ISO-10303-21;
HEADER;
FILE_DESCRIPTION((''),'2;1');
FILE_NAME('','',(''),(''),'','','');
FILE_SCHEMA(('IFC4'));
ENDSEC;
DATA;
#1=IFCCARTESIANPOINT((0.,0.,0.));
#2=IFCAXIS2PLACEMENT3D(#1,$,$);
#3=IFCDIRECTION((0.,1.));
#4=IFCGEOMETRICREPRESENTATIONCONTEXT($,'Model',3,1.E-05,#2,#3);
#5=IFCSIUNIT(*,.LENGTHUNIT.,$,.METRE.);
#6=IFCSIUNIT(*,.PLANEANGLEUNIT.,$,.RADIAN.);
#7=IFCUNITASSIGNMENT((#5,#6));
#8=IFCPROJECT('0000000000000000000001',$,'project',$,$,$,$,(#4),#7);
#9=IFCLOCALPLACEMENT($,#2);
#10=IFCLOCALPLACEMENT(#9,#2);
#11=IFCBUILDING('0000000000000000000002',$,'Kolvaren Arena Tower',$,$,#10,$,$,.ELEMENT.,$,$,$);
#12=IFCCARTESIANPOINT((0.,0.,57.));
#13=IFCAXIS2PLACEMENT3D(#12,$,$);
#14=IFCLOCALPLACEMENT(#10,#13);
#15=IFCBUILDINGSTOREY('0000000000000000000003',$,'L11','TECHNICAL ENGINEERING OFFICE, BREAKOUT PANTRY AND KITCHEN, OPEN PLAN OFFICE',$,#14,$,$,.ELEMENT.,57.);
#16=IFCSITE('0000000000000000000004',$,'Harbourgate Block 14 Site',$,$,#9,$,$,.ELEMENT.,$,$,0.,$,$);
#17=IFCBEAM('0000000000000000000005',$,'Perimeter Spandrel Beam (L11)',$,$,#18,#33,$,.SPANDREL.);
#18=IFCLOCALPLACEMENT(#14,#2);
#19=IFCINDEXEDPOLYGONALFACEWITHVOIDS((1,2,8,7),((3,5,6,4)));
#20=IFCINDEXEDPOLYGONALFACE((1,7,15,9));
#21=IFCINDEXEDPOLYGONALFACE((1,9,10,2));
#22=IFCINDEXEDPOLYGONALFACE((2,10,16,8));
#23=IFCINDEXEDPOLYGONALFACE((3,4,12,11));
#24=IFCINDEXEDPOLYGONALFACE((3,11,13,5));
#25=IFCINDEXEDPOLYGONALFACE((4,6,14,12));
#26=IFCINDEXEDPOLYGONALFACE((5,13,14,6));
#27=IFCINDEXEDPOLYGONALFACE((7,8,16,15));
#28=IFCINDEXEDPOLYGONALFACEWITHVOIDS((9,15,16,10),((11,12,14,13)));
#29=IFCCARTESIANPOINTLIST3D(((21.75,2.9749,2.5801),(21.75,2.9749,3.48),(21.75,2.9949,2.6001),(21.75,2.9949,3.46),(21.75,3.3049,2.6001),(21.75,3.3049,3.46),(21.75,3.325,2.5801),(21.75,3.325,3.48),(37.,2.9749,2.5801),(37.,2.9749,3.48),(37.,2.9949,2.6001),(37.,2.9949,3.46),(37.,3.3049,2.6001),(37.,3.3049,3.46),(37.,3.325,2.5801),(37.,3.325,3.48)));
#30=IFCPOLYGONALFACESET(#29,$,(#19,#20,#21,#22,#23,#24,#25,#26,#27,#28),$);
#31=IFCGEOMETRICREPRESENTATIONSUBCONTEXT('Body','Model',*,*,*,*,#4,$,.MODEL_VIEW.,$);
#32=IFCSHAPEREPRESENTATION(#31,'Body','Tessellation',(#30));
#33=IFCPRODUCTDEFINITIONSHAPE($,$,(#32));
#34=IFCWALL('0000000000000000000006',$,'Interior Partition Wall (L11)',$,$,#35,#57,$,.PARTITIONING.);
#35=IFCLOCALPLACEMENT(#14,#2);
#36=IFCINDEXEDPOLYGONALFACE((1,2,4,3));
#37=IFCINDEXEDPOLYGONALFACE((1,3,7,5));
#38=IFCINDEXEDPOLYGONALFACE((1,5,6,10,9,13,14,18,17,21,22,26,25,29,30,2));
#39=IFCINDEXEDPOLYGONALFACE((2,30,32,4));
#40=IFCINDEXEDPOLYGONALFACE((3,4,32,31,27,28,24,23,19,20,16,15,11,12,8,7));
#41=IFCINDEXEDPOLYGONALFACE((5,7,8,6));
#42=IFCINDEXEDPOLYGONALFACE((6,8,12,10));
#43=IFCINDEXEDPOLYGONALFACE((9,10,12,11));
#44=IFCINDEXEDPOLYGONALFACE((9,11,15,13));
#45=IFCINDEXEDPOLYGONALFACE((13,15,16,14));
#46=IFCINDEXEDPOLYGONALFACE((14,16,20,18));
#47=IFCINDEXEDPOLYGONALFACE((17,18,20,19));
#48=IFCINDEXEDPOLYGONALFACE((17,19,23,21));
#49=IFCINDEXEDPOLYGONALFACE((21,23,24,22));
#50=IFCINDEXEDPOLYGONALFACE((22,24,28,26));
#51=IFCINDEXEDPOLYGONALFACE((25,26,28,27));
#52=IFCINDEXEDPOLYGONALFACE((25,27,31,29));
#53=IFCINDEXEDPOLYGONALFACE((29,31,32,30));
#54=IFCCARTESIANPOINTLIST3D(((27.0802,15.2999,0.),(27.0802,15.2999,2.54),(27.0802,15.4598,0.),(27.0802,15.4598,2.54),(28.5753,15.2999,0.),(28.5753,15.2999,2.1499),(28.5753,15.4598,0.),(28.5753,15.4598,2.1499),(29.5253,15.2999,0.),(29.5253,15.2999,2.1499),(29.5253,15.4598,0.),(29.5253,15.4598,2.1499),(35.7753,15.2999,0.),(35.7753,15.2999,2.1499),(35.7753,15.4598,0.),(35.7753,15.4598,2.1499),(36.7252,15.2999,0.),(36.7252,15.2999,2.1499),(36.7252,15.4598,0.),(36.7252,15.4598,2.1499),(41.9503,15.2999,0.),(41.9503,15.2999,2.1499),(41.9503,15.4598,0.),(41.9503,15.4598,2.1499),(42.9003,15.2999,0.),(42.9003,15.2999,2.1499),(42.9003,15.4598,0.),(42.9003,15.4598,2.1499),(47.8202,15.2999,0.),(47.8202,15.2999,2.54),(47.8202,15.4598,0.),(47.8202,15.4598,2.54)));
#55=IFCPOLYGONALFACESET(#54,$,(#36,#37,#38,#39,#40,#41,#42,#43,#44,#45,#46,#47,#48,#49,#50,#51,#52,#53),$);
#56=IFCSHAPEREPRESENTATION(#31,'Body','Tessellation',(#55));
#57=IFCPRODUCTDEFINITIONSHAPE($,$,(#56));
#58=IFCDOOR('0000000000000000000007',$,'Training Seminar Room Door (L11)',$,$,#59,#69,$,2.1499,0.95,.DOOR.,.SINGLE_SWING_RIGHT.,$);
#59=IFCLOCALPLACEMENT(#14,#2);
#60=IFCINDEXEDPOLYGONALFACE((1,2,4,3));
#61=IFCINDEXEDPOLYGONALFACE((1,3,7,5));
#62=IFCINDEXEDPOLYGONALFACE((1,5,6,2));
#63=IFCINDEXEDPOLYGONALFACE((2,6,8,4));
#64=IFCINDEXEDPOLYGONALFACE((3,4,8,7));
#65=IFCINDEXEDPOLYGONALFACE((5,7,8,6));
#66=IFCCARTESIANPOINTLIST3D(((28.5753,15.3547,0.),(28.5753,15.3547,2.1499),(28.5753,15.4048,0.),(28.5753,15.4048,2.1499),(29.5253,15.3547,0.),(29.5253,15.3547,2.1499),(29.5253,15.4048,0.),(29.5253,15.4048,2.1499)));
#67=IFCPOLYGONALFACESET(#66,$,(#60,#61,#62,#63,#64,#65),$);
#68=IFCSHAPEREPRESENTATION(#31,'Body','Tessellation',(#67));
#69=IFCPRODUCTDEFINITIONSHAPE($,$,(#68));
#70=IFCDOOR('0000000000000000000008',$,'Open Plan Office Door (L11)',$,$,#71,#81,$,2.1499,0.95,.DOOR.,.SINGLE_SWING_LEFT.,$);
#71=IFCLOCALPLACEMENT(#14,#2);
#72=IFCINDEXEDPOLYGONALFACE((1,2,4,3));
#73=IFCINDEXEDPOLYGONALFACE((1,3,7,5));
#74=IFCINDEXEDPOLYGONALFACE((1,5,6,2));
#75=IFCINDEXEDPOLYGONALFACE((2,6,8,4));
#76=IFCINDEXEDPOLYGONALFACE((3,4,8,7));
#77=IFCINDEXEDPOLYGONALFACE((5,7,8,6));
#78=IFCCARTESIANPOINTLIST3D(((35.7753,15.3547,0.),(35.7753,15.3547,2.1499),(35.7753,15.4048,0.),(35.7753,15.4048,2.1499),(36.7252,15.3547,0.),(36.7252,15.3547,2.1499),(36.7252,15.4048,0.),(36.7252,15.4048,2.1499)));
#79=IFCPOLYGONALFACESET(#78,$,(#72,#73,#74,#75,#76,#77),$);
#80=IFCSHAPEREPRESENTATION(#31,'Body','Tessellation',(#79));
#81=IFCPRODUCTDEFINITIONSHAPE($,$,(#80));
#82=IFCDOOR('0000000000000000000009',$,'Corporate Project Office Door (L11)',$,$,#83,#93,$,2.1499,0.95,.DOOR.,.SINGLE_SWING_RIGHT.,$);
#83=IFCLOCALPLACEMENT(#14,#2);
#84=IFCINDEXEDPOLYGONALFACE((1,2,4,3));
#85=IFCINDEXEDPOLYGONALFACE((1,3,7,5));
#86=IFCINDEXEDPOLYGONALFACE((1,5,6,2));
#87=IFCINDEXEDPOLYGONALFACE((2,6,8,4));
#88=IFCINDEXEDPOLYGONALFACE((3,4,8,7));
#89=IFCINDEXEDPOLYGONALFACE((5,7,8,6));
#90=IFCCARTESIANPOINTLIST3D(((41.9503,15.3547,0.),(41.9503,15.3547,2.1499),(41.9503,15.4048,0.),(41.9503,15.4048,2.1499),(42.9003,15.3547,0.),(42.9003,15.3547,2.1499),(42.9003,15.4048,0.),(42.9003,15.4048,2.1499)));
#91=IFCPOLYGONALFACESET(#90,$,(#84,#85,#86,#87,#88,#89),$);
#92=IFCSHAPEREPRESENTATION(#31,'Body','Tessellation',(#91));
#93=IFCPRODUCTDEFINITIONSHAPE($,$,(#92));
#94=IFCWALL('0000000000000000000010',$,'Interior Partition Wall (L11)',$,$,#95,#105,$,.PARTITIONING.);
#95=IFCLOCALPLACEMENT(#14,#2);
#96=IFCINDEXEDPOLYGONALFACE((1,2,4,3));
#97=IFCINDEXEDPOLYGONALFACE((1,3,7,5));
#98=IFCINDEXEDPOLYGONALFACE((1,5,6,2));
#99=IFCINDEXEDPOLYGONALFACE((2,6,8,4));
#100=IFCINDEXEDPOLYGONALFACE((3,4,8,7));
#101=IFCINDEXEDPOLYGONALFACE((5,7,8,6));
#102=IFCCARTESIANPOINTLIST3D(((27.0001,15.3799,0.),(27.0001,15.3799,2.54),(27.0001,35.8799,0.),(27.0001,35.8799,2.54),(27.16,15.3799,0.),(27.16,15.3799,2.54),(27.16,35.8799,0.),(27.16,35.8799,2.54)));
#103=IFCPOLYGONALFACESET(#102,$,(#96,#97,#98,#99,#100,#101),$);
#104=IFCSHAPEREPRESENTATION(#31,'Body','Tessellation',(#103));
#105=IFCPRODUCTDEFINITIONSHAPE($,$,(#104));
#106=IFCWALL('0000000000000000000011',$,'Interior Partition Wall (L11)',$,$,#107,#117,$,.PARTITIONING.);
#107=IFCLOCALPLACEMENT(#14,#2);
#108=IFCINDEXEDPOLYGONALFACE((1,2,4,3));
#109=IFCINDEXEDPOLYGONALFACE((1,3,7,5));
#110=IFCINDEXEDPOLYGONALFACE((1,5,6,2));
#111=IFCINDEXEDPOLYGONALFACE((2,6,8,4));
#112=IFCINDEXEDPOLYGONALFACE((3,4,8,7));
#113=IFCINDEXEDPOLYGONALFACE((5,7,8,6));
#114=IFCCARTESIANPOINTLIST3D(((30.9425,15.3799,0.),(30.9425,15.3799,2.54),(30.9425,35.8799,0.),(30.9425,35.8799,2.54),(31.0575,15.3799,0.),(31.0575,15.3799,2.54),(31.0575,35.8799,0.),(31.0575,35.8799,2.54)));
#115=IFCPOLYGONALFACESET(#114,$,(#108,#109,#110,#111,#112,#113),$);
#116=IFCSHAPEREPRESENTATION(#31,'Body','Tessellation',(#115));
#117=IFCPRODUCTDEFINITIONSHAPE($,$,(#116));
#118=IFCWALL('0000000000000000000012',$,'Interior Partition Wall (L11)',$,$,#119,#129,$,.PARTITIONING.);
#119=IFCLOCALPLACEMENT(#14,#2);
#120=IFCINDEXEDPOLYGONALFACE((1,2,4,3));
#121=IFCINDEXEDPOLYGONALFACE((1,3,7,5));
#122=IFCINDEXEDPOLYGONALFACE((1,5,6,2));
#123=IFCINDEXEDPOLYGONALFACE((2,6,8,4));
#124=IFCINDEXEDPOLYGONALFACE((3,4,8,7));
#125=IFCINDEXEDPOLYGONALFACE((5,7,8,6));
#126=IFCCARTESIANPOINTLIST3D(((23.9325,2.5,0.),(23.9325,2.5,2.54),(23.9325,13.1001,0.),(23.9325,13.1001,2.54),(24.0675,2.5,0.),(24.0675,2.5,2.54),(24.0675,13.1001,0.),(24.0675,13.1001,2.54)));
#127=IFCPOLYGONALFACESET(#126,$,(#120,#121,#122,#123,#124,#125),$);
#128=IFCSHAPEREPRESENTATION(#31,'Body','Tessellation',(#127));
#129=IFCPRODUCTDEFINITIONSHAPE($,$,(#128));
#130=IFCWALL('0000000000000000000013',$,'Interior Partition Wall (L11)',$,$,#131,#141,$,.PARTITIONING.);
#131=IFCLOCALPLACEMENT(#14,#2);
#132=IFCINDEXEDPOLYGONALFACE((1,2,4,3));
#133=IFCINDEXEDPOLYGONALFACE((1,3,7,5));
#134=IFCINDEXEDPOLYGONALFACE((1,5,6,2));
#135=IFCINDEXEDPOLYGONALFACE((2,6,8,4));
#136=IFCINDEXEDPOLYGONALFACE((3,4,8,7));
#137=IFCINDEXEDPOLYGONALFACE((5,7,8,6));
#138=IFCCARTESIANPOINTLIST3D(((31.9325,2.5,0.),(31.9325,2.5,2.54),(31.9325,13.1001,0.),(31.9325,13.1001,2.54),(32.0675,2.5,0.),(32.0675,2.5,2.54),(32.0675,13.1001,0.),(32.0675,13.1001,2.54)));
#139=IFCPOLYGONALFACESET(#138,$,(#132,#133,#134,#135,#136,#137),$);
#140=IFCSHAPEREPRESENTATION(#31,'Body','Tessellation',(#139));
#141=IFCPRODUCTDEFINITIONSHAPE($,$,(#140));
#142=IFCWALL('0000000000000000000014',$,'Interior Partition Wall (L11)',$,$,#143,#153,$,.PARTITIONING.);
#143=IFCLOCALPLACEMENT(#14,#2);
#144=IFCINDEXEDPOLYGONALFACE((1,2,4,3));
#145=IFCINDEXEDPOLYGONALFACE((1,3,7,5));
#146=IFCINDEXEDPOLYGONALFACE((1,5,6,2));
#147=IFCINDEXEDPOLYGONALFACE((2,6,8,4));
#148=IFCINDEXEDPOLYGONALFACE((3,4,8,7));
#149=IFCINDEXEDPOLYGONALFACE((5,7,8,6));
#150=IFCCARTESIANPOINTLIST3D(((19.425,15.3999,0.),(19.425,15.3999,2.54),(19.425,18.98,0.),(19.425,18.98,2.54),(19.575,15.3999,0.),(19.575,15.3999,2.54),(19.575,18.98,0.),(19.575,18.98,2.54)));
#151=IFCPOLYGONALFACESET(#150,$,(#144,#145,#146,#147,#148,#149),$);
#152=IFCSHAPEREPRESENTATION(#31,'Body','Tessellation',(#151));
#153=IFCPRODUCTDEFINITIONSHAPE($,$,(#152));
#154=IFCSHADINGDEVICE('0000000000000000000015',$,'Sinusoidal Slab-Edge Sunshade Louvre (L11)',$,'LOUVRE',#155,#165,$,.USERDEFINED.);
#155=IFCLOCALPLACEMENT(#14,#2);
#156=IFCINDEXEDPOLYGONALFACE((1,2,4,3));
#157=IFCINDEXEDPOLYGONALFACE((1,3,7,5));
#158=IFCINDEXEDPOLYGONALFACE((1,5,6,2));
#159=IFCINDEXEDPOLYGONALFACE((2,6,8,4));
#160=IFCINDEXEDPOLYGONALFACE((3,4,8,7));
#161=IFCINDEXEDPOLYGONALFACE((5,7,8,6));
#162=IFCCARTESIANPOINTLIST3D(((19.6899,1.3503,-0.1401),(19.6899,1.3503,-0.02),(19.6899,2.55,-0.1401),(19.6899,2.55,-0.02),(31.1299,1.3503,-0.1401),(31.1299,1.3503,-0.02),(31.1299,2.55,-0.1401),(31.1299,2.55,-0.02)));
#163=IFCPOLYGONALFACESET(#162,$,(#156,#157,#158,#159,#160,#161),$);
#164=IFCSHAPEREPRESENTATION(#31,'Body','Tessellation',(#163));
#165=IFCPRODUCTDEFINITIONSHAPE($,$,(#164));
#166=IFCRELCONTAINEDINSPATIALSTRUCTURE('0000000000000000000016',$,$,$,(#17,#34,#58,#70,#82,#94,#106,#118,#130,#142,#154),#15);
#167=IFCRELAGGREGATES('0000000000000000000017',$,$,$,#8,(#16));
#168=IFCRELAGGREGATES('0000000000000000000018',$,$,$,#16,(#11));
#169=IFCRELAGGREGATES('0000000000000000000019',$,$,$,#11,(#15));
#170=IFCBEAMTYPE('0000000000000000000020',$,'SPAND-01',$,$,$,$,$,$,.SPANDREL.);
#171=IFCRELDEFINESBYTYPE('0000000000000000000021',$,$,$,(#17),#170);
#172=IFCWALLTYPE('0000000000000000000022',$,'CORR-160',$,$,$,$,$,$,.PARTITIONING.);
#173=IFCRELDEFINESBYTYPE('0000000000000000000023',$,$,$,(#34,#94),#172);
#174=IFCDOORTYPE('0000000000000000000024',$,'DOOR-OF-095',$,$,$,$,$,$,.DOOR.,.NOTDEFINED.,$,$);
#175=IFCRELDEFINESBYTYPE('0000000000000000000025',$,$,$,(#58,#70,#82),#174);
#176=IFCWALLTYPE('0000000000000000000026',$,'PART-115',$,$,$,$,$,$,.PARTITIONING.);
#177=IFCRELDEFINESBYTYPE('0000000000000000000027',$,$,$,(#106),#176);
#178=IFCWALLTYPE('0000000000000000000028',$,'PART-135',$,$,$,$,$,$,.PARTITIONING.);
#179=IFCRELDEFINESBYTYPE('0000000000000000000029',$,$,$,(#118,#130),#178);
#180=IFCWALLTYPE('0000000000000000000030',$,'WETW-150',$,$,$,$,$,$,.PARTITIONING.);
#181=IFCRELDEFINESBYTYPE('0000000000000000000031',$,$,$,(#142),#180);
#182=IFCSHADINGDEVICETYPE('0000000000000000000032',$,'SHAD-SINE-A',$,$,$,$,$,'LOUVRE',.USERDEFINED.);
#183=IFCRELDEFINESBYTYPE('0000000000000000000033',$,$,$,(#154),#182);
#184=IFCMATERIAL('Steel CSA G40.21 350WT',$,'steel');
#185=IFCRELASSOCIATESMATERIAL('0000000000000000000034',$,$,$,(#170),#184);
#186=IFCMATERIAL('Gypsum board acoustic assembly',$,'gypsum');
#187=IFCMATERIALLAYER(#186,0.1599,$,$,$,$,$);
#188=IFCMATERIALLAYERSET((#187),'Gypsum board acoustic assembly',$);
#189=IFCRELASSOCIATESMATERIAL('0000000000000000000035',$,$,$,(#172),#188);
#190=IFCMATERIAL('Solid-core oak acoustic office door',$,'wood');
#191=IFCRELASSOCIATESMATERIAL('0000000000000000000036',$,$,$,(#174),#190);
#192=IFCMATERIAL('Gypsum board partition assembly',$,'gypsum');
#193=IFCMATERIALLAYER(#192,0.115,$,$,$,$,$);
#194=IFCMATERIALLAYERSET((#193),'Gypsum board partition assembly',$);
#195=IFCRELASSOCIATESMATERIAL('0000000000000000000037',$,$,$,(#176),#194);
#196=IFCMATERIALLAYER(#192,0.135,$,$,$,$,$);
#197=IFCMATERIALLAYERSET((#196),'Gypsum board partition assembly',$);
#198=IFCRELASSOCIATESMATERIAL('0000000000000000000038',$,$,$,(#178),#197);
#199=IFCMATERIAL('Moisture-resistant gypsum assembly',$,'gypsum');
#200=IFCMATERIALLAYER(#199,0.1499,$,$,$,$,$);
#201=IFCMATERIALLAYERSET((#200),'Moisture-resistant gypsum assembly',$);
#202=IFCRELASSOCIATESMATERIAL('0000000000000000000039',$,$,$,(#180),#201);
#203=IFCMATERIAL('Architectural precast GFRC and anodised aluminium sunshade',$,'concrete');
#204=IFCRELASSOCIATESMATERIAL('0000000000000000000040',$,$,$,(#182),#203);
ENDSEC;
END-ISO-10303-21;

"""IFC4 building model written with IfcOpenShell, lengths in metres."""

from ifc_helpers import new_model, si_unit, direction, frame, frame_2d, origin, origin_2d, place, context, subcontext, project, spatial, rectangle, hollow_rectangle, extrude, material, layer, layer_set, material_profile, profile_set, type_object, element, fill, save


model = new_model("IFC4")

# Units and contexts
model_context = context("Model", 3, precision=1e-05, world=origin(), true_north=direction((0.0, 1.0)))
body_context = subcontext(model_context, "Body", "Model", "MODEL_VIEW")
ifc_project = project(units=[si_unit("LENGTHUNIT", "METRE"), si_unit("PLANEANGLEUNIT", "RADIAN")], contexts=[model_context])

# Site, building, storey
site_placement = place(None, origin())
site = spatial("IfcSite", under=ifc_project, at=site_placement, Name="Harbourgate Block 14 Site", CompositionType="ELEMENT", RefElevation=0.0)
building_placement = place(site_placement, origin())
building = spatial("IfcBuilding", under=site, at=building_placement, Name="Kolvaren Arena Tower", CompositionType="ELEMENT")
storey_placement = place(building_placement, frame((0.0, 0.0, 57.0)))
storey = spatial("IfcBuildingStorey", under=building, at=storey_placement, Name="L11", Description="TECHNICAL ENGINEERING OFFICE, BREAKOUT PANTRY AND KITCHEN, OPEN PLAN OFFICE", CompositionType="ELEMENT", Elevation=57.0)

# Beam
ifc_material_1 = material(Name="Steel CSA G40.21 350WT", Category="steel")
ifc_material_profile_1 = material_profile(ifc_material_1, hollow_rectangle(XDim=0.3501, YDim=0.8999, WallThickness=0.02, at=origin_2d()), Name="HSS 900x350x20")
ifc_profile_set_1 = profile_set([ifc_material_profile_1], Name="Steel CSA G40.21 350WT")
beam_type_1 = type_object("IfcBeamType", Name="SPAND-01", PredefinedType="SPANDREL", material=ifc_profile_set_1)
beam_1_placement = place(storey_placement, frame((21.75, 3.1499, 3.03), z_axis=(1.0, 0.0, 0.0), x_axis=(0.0, 1.0, 0.0)))
element("IfcBeam", 1, at=beam_1_placement, inside=storey, type_object=beam_type_1, Name="Perimeter Spandrel Beam (L11)", PredefinedType="SPANDREL", context=body_context, shape_type="SweptSolid", body=[
    extrude(hollow_rectangle(XDim=0.3501, YDim=0.8999, WallThickness=0.02, at=origin_2d()), origin(), (0.0, 0.0, 1.0), 15.25),
])

# Wall, openings, doors
ifc_material_2 = material(Name="Gypsum board acoustic assembly", Category="gypsum")
ifc_layer_1 = layer(ifc_material_2, 0.1599)
ifc_layer_set_1 = layer_set([ifc_layer_1], Name="Gypsum board acoustic assembly")
wall_type_1 = type_object("IfcWallType", Name="CORR-160", PredefinedType="PARTITIONING", material=ifc_layer_set_1)
wall_1_placement = place(storey_placement, frame((27.0801, 15.3799, 0.0), z_axis=(0.0, 0.0, 1.0), x_axis=(1.0, 0.0, 0.0)))
wall_1 = element("IfcWall", 2, at=wall_1_placement, inside=storey, type_object=wall_type_1, Name="Interior Partition Wall (L11)", PredefinedType="PARTITIONING", context=body_context, shape_type="SweptSolid", body=[
    extrude(rectangle(XDim=20.74, YDim=0.1599, at=frame_2d((10.3701, 0.0))), origin(), (0.0, 0.0, 1.0), 2.54),
])
opening_1_placement = place(wall_1_placement, frame((1.4951, 0.0, 0.0)))
opening_1 = element("IfcOpeningElement", 3, at=opening_1_placement, cuts=wall_1, PredefinedType="OPENING", context=body_context, shape_type="SweptSolid", body=[
    extrude(rectangle(XDim=0.95, YDim=2.1499, at=frame_2d((0.4751, 1.075))), frame((0.0, 0.0898, 0.0), z_axis=(0.0, -1.0, 0.0), x_axis=(1.0, 0.0, 0.0)), (0.0, 0.0, 1.0), 0.1799),
])
opening_2_placement = place(wall_1_placement, frame((8.6951, 0.0, 0.0)))
opening_2 = element("IfcOpeningElement", 4, at=opening_2_placement, cuts=wall_1, PredefinedType="OPENING", context=body_context, shape_type="SweptSolid", body=[
    extrude(rectangle(XDim=0.95, YDim=2.1499, at=frame_2d((0.4751, 1.075))), frame((0.0, 0.0898, 0.0), z_axis=(0.0, -1.0, 0.0), x_axis=(1.0, 0.0, 0.0)), (0.0, 0.0, 1.0), 0.1799),
])
opening_3_placement = place(wall_1_placement, frame((14.8701, 0.0, 0.0)))
opening_3 = element("IfcOpeningElement", 5, at=opening_3_placement, cuts=wall_1, PredefinedType="OPENING", context=body_context, shape_type="SweptSolid", body=[
    extrude(rectangle(XDim=0.95, YDim=2.1499, at=frame_2d((0.4751, 1.075))), frame((0.0, 0.0898, 0.0), z_axis=(0.0, -1.0, 0.0), x_axis=(1.0, 0.0, 0.0)), (0.0, 0.0, 1.0), 0.1799),
])
ifc_material_3 = material(Name="Solid-core oak acoustic office door", Category="wood")
door_type = type_object("IfcDoorType", Name="DOOR-OF-095", OperationType="NOTDEFINED", PredefinedType="DOOR", material=ifc_material_3)
door_1_placement = place(opening_1_placement, origin())
door_1 = element("IfcDoor", 6, at=door_1_placement, inside=storey, type_object=door_type, Name="Training Seminar Room Door (L11)", OperationType="SINGLE_SWING_RIGHT", OverallHeight=2.1499, OverallWidth=0.95, PredefinedType="DOOR", context=body_context, shape_type="SweptSolid", body=[
    extrude(rectangle(XDim=0.95, YDim=2.1499, at=frame_2d((0.4751, 1.075))), frame((0.0, 0.0249, 0.0), z_axis=(0.0, -1.0, 0.0), x_axis=(1.0, 0.0, 0.0)), (0.0, 0.0, 1.0), 0.05),
])
fill(opening_1, door_1)
door_2_placement = place(opening_2_placement, origin())
door_2 = element("IfcDoor", 7, at=door_2_placement, inside=storey, type_object=door_type, Name="Open Plan Office Door (L11)", OperationType="SINGLE_SWING_LEFT", OverallHeight=2.1499, OverallWidth=0.95, PredefinedType="DOOR", context=body_context, shape_type="SweptSolid", body=[
    extrude(rectangle(XDim=0.95, YDim=2.1499, at=frame_2d((0.4751, 1.075))), frame((0.0, 0.0249, 0.0), z_axis=(0.0, -1.0, 0.0), x_axis=(1.0, 0.0, 0.0)), (0.0, 0.0, 1.0), 0.05),
])
fill(opening_2, door_2)
door_3_placement = place(opening_3_placement, origin())
door_3 = element("IfcDoor", 8, at=door_3_placement, inside=storey, type_object=door_type, Name="Corporate Project Office Door (L11)", OperationType="SINGLE_SWING_RIGHT", OverallHeight=2.1499, OverallWidth=0.95, PredefinedType="DOOR", context=body_context, shape_type="SweptSolid", body=[
    extrude(rectangle(XDim=0.95, YDim=2.1499, at=frame_2d((0.4751, 1.075))), frame((0.0, 0.0249, 0.0), z_axis=(0.0, -1.0, 0.0), x_axis=(1.0, 0.0, 0.0)), (0.0, 0.0, 1.0), 0.05),
])
fill(opening_3, door_3)

# Walls
wall_2_placement = place(storey_placement, frame((27.0801, 15.3799, 0.0), z_axis=(0.0, 0.0, 1.0), x_axis=(0.0, 1.0, 0.0)))
element("IfcWall", 9, at=wall_2_placement, inside=storey, type_object=wall_type_1, Name="Interior Partition Wall (L11)", PredefinedType="PARTITIONING", context=body_context, shape_type="SweptSolid", body=[
    extrude(rectangle(XDim=20.5, YDim=0.1599, at=frame_2d((10.25, 0.0))), origin(), (0.0, 0.0, 1.0), 2.54),
])
ifc_material_4 = material(Name="Gypsum board partition assembly", Category="gypsum")
ifc_layer_2 = layer(ifc_material_4, 0.115)
ifc_layer_set_2 = layer_set([ifc_layer_2], Name="Gypsum board partition assembly")
wall_type_2 = type_object("IfcWallType", Name="PART-115", PredefinedType="PARTITIONING", material=ifc_layer_set_2)
wall_3_placement = place(storey_placement, frame((31.0, 15.3799, 0.0), z_axis=(0.0, 0.0, 1.0), x_axis=(0.0, 1.0, 0.0)))
element("IfcWall", 10, at=wall_3_placement, inside=storey, type_object=wall_type_2, Name="Interior Partition Wall (L11)", PredefinedType="PARTITIONING", context=body_context, shape_type="SweptSolid", body=[
    extrude(rectangle(XDim=20.5, YDim=0.115, at=frame_2d((10.25, 0.0))), origin(), (0.0, 0.0, 1.0), 2.54),
])
ifc_layer_3 = layer(ifc_material_4, 0.135)
ifc_layer_set_3 = layer_set([ifc_layer_3], Name="Gypsum board partition assembly")
wall_type_3 = type_object("IfcWallType", Name="PART-135", PredefinedType="PARTITIONING", material=ifc_layer_set_3)
for number, where, z_axis, x_axis, name in (
    (11, (24.0, 2.5, 0.0), (0.0, 0.0, 1.0), (0.0, 1.0, 0.0), "Interior Partition Wall (L11)"),
    (12, (32.0, 2.5, 0.0), (0.0, 0.0, 1.0), (0.0, 1.0, 0.0), "Interior Partition Wall (L11)"),
):
    element("IfcWall", number, at=place(storey_placement, frame(where, z_axis=z_axis, x_axis=x_axis)), inside=storey, type_object=wall_type_3, Name=name, PredefinedType="PARTITIONING", context=body_context, shape_type="SweptSolid", body=[
        extrude(rectangle(XDim=10.6001, YDim=0.135, at=frame_2d((5.3, 0.0))), origin(), (0.0, 0.0, 1.0), 2.54),
    ])
ifc_material_5 = material(Name="Moisture-resistant gypsum assembly", Category="gypsum")
ifc_layer_4 = layer(ifc_material_5, 0.1499)
ifc_layer_set_4 = layer_set([ifc_layer_4], Name="Moisture-resistant gypsum assembly")
wall_type_4 = type_object("IfcWallType", Name="WETW-150", PredefinedType="PARTITIONING", material=ifc_layer_set_4)
wall_4_placement = place(storey_placement, frame((19.5, 15.3999, 0.0), z_axis=(0.0, 0.0, 1.0), x_axis=(0.0, 1.0, 0.0)))
element("IfcWall", 13, at=wall_4_placement, inside=storey, type_object=wall_type_4, Name="Interior Partition Wall (L11)", PredefinedType="PARTITIONING", context=body_context, shape_type="SweptSolid", body=[
    extrude(rectangle(XDim=3.5801, YDim=0.1499, at=frame_2d((1.79, 0.0))), origin(), (0.0, 0.0, 1.0), 2.54),
])

# Shading device
ifc_material_6 = material(Name="Architectural precast GFRC and anodised aluminium sunshade", Category="concrete")
shading_device_type = type_object("IfcShadingDeviceType", Name="SHAD-SINE-A", ElementType="LOUVRE", PredefinedType="USERDEFINED", material=ifc_material_6)
shading_device_placement = place(storey_placement, frame((25.4099, 1.9502, -0.1401), z_axis=(0.0, 0.0, 1.0), x_axis=(-1.0, 0.0, 0.0)))
element("IfcShadingDevice", 14, at=shading_device_placement, inside=storey, type_object=shading_device_type, Name="Sinusoidal Slab-Edge Sunshade Louvre (L11)", ObjectType="LOUVRE", PredefinedType="USERDEFINED", context=body_context, shape_type="SweptSolid", body=[
    extrude(rectangle(XDim=11.4399, YDim=1.1997, at=origin_2d()), origin(), (0.0, 0.0, 1.0), 0.1201),
])

save(model, "model.ifc")
